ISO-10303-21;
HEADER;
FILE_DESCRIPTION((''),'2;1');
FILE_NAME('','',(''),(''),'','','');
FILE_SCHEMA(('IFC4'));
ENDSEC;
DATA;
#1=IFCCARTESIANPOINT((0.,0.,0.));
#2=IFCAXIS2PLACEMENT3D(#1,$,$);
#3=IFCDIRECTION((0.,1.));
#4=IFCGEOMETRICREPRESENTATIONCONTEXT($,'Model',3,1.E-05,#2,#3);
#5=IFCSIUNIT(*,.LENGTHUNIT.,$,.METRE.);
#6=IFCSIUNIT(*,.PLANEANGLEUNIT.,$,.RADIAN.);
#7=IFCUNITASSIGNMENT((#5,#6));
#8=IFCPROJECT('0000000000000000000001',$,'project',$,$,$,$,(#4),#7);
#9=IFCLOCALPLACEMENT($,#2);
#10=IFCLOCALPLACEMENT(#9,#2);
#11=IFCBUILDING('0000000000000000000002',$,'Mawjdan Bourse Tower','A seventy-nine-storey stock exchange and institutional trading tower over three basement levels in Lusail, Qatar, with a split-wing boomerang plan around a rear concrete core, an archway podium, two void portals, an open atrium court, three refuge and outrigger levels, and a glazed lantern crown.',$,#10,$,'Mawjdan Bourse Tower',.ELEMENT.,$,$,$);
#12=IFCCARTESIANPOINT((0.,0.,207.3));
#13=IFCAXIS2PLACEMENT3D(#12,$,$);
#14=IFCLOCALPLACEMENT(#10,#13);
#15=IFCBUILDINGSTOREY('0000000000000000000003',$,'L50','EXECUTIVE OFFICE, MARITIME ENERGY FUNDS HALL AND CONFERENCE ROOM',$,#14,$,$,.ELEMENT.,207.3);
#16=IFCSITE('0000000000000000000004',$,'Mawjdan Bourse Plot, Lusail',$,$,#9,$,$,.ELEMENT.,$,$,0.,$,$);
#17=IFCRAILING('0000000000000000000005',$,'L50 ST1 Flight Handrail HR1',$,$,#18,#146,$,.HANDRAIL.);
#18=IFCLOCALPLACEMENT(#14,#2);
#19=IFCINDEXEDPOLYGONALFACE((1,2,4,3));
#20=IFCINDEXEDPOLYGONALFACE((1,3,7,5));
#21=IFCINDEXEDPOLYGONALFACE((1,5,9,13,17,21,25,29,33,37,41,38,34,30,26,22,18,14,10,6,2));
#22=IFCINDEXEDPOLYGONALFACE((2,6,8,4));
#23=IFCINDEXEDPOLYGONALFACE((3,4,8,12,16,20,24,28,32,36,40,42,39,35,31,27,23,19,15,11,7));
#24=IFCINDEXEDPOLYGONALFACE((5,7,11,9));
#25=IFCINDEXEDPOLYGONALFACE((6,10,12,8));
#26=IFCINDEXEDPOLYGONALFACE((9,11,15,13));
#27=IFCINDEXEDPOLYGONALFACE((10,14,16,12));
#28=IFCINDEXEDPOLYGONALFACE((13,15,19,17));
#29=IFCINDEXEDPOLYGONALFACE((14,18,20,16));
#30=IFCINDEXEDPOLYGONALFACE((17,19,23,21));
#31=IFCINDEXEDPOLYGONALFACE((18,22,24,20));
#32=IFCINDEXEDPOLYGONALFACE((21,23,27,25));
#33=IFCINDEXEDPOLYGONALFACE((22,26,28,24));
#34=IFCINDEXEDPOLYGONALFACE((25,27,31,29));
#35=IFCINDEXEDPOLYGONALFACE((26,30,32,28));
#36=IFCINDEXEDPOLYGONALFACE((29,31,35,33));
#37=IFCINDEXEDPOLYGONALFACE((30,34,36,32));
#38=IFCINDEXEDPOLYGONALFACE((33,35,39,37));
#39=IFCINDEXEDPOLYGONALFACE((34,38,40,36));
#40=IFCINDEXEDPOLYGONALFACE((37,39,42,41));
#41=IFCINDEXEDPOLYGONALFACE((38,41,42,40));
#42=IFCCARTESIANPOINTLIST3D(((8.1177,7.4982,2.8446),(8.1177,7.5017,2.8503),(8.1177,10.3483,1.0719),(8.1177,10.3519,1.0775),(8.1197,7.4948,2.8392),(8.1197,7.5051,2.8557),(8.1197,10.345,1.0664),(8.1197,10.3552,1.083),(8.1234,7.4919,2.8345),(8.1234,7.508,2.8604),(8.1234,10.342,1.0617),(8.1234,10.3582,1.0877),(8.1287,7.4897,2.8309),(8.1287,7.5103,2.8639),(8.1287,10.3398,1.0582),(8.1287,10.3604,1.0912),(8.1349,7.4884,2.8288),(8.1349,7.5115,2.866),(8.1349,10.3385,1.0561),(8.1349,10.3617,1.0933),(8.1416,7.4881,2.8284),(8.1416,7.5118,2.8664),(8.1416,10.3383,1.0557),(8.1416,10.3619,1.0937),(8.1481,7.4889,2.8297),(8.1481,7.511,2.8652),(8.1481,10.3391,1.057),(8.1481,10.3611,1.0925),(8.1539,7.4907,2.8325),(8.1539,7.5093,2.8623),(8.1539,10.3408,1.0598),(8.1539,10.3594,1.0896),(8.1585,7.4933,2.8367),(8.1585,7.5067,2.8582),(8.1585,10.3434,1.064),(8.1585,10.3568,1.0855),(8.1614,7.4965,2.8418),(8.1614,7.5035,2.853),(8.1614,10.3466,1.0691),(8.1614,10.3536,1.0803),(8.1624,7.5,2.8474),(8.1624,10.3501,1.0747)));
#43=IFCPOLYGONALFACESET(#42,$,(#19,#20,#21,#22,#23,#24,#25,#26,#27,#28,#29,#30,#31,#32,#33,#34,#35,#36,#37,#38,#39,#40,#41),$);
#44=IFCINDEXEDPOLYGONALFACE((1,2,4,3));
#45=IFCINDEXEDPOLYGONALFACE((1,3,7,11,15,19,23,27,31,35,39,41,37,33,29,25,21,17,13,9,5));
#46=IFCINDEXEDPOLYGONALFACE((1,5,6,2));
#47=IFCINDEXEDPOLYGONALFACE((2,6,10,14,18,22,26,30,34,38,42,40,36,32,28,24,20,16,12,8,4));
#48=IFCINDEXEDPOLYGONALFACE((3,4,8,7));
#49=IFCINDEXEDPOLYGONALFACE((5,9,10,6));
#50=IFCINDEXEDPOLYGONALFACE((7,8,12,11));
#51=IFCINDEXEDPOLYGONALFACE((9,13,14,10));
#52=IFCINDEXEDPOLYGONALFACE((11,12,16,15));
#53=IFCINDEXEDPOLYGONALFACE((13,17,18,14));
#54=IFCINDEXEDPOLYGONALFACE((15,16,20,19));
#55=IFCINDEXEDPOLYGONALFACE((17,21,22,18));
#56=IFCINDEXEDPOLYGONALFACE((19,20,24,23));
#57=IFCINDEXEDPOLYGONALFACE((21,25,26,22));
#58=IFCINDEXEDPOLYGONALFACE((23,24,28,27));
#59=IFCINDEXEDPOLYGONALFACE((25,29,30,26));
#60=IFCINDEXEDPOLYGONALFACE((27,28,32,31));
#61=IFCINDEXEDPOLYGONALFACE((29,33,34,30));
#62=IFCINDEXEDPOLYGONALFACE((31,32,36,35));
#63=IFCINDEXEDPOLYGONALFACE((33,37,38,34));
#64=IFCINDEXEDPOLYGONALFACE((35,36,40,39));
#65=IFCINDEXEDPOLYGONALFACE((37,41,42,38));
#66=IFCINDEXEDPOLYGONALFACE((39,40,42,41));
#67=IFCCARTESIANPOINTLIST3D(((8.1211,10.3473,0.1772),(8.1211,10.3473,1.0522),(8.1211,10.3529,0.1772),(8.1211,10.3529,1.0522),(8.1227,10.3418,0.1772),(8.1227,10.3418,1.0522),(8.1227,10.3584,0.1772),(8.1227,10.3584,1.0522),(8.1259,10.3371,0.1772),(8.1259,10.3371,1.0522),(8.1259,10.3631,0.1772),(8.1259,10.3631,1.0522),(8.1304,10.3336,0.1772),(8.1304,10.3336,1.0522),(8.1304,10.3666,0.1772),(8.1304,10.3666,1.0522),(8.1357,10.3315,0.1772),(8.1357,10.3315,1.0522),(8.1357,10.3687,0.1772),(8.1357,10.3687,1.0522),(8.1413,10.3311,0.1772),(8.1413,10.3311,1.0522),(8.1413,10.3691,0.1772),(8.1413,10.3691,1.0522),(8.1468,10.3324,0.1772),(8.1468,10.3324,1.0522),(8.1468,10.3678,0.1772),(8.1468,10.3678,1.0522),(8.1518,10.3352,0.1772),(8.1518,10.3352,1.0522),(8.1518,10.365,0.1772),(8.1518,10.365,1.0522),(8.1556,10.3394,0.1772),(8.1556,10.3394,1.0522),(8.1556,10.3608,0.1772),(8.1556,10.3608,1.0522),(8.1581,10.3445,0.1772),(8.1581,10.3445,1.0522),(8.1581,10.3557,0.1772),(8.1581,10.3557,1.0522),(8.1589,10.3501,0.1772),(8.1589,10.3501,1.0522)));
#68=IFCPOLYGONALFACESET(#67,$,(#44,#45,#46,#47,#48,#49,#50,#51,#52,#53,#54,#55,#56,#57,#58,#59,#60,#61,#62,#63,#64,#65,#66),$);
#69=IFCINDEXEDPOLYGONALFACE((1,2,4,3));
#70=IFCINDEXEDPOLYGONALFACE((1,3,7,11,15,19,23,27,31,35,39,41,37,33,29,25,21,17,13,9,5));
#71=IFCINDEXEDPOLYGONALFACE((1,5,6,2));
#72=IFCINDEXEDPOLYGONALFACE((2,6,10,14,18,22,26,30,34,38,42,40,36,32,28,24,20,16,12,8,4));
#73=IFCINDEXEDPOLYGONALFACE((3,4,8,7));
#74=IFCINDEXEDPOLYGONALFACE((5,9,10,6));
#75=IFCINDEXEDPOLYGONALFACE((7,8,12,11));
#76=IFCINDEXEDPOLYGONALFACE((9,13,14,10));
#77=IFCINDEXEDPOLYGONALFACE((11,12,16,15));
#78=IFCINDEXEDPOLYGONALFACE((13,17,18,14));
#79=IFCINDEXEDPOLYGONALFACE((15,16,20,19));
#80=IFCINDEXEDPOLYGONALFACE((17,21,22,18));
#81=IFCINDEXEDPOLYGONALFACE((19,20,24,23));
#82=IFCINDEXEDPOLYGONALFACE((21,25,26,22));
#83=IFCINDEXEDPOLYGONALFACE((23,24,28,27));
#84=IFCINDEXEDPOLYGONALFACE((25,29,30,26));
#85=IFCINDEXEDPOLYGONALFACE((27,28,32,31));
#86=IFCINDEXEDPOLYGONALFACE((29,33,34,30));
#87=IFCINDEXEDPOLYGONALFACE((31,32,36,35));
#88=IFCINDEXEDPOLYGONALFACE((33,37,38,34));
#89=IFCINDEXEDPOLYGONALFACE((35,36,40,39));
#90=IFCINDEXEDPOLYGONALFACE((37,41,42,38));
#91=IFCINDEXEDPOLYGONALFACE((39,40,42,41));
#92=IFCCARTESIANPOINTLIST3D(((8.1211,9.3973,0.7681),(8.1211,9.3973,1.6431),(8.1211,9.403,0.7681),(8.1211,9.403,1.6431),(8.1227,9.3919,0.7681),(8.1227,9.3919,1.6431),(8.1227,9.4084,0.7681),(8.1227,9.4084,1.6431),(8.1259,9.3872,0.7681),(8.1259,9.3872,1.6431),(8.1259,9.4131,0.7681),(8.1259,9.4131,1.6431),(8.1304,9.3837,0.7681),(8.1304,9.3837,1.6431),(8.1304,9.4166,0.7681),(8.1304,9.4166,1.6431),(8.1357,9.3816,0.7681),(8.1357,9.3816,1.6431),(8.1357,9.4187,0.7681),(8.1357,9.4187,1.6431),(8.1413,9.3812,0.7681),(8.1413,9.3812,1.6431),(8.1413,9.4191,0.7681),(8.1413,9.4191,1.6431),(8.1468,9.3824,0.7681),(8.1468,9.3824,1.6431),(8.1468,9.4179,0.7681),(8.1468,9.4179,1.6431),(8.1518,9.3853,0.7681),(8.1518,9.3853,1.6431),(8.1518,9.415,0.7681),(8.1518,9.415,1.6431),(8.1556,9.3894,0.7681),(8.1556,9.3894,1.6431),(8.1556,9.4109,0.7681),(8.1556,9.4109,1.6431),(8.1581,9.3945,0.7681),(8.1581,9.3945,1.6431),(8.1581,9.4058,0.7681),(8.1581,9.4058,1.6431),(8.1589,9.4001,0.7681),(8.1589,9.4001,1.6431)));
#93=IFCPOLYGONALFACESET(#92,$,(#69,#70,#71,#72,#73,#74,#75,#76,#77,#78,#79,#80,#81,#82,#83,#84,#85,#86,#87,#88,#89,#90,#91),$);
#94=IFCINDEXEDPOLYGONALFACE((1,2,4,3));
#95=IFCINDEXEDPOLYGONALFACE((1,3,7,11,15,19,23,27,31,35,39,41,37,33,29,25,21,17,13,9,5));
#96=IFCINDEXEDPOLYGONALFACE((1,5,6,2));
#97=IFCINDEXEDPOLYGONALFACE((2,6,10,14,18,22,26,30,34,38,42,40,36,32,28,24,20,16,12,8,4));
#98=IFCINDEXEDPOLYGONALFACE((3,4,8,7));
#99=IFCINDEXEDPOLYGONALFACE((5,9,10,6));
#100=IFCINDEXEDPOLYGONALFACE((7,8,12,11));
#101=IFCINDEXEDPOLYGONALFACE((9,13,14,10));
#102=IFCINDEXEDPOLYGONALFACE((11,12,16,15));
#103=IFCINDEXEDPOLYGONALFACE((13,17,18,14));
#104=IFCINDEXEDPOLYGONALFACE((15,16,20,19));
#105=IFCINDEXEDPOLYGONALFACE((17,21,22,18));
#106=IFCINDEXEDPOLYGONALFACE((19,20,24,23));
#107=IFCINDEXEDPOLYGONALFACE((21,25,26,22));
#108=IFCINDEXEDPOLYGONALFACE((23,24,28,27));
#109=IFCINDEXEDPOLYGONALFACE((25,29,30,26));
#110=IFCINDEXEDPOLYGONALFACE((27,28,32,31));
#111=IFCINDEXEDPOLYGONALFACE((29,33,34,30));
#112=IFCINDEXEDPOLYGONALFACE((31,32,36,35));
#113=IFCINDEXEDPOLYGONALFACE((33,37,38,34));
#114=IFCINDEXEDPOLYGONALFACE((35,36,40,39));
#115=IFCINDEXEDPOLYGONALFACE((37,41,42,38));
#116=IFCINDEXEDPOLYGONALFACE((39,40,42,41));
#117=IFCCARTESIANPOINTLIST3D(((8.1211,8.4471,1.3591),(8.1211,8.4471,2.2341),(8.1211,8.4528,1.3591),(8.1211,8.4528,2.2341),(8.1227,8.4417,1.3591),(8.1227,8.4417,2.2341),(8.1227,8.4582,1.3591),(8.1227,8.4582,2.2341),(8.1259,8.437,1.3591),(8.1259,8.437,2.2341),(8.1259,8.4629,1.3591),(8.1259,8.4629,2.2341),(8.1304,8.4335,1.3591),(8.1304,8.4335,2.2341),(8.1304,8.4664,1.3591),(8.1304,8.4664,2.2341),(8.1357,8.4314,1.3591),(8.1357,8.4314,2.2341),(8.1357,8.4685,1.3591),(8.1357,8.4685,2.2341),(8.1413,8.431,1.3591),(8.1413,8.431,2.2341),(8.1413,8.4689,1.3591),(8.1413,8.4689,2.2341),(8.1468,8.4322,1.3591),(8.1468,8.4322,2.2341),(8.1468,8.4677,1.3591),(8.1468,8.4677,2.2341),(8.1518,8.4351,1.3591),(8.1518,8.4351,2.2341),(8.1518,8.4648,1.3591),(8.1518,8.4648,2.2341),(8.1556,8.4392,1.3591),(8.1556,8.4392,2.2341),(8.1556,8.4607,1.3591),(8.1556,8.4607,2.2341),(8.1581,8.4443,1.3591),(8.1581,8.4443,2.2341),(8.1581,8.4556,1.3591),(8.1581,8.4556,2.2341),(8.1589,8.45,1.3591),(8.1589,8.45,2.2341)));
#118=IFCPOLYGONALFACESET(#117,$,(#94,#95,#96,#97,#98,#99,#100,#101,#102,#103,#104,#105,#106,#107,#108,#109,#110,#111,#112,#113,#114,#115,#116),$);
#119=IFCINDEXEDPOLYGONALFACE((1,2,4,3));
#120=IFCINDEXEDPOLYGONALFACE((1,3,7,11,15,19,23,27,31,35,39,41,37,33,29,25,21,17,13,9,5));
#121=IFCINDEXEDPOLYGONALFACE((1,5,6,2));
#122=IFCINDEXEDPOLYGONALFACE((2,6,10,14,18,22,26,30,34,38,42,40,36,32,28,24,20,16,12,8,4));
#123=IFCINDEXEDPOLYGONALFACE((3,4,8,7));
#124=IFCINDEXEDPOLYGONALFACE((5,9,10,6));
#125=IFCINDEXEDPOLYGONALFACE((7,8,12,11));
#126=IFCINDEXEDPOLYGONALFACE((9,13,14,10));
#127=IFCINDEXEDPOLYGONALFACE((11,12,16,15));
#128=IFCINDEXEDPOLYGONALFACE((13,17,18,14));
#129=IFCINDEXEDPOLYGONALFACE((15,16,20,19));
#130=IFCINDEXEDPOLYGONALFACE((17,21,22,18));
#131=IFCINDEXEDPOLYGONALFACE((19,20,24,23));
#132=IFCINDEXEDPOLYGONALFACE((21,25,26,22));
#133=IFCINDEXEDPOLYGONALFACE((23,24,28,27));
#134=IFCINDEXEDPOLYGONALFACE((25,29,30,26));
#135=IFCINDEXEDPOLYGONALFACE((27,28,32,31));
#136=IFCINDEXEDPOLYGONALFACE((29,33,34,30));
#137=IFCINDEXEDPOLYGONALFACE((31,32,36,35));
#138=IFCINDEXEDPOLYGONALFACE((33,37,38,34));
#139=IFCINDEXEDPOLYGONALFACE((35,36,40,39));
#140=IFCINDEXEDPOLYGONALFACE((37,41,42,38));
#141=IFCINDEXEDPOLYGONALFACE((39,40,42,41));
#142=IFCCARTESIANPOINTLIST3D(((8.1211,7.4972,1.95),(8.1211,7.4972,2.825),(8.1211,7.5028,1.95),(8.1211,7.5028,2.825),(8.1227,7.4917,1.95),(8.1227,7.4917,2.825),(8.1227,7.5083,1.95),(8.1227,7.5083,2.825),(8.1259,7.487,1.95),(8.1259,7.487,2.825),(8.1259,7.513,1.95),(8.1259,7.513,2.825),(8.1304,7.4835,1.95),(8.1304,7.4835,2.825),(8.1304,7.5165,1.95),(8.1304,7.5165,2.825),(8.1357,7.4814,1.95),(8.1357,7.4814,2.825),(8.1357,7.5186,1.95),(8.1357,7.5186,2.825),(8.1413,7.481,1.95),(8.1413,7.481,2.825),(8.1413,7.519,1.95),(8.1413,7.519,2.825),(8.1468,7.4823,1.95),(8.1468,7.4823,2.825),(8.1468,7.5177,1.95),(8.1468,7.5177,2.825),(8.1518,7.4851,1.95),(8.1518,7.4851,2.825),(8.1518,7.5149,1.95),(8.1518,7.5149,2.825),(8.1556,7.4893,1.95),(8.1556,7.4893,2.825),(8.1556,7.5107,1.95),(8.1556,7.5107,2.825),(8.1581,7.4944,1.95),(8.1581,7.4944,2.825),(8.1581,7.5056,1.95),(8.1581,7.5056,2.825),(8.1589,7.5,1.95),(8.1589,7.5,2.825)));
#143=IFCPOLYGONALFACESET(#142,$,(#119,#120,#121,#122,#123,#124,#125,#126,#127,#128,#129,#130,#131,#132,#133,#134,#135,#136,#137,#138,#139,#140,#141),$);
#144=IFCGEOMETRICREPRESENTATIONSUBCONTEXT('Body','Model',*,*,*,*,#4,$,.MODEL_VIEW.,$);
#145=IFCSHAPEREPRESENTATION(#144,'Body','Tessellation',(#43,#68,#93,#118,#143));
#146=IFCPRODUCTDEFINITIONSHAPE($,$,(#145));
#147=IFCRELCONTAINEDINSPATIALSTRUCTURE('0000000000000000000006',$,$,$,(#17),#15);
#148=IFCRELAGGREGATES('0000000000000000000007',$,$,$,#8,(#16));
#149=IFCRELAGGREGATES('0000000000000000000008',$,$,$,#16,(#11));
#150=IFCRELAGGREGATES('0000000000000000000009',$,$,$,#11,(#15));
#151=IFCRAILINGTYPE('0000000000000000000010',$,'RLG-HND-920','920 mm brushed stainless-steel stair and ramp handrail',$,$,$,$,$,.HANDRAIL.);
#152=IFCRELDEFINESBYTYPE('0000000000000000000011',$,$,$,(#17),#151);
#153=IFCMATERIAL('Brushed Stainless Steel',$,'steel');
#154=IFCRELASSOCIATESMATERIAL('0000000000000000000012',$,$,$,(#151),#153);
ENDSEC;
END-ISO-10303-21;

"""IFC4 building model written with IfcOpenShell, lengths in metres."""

from ifc_helpers import new_model, si_unit, direction, frame, origin, origin_2d, place, context, subcontext, project, spatial, circle, extrude, material, type_object, element, save


model = new_model("IFC4")

# Units and contexts
model_context = context("Model", 3, precision=1e-05, world=origin(), true_north=direction((0.0, 1.0)))
body_context = subcontext(model_context, "Body", "Model", "MODEL_VIEW")
ifc_project = project(units=[si_unit("LENGTHUNIT", "METRE"), si_unit("PLANEANGLEUNIT", "RADIAN")], contexts=[model_context])

# Site, building, storey
site_placement = place(None, origin())
site = spatial("IfcSite", under=ifc_project, at=site_placement, Name="Mawjdan Bourse Plot, Lusail", CompositionType="ELEMENT", RefElevation=0.0)
building_placement = place(site_placement, origin())
building = spatial("IfcBuilding", under=site, at=building_placement, Name="Mawjdan Bourse Tower", Description="A seventy-nine-storey stock exchange and institutional trading tower over three basement levels in Lusail, Qatar, with a split-wing boomerang plan around a rear concrete core, an archway podium, two void portals, an open atrium court, three refuge and outrigger levels, and a glazed lantern crown.", LongName="Mawjdan Bourse Tower", CompositionType="ELEMENT")
storey_placement = place(building_placement, frame((0.0, 0.0, 207.3)))
storey = spatial("IfcBuildingStorey", under=building, at=storey_placement, Name="L50", Description="EXECUTIVE OFFICE, MARITIME ENERGY FUNDS HALL AND CONFERENCE ROOM", CompositionType="ELEMENT", Elevation=207.3)

# Railing
ifc_material_1 = material(Name="Brushed Stainless Steel", Category="steel")
railing_type_1 = type_object("IfcRailingType", Name="RLG-HND-920", Description="920 mm brushed stainless-steel stair and ramp handrail", PredefinedType="HANDRAIL", material=ifc_material_1)
railing_placement = place(storey_placement, frame((8.1399, 10.3501, 0.1772)))
element("IfcRailing", 1, at=railing_placement, inside=storey, type_object=railing_type_1, Name="L50 ST1 Flight Handrail HR1", PredefinedType="HANDRAIL", context=body_context, shape_type="SweptSolid", body=[
    extrude(circle(Radius=0.0225, at=origin_2d()), frame((0.0, 0.0, 0.8975), z_axis=(0.0, -0.849149, 0.528154), x_axis=(1.0, 0.0, 0.0)), (0.0, 0.0, 1.0), 3.3564),
    extrude(circle(Radius=0.019, at=origin_2d()), origin(), (0.0, 0.0, 1.0), 0.875),
    extrude(circle(Radius=0.019, at=origin_2d()), frame((0.0, -0.95, 0.5908)), (0.0, 0.0, 1.0), 0.875),
    extrude(circle(Radius=0.019, at=origin_2d()), frame((0.0, -1.9001, 1.1819)), (0.0, 0.0, 1.0), 0.875),
    extrude(circle(Radius=0.019, at=origin_2d()), frame((0.0, -2.8501, 1.7727)), (0.0, 0.0, 1.0), 0.875),
])

save(model, "model.ifc")
